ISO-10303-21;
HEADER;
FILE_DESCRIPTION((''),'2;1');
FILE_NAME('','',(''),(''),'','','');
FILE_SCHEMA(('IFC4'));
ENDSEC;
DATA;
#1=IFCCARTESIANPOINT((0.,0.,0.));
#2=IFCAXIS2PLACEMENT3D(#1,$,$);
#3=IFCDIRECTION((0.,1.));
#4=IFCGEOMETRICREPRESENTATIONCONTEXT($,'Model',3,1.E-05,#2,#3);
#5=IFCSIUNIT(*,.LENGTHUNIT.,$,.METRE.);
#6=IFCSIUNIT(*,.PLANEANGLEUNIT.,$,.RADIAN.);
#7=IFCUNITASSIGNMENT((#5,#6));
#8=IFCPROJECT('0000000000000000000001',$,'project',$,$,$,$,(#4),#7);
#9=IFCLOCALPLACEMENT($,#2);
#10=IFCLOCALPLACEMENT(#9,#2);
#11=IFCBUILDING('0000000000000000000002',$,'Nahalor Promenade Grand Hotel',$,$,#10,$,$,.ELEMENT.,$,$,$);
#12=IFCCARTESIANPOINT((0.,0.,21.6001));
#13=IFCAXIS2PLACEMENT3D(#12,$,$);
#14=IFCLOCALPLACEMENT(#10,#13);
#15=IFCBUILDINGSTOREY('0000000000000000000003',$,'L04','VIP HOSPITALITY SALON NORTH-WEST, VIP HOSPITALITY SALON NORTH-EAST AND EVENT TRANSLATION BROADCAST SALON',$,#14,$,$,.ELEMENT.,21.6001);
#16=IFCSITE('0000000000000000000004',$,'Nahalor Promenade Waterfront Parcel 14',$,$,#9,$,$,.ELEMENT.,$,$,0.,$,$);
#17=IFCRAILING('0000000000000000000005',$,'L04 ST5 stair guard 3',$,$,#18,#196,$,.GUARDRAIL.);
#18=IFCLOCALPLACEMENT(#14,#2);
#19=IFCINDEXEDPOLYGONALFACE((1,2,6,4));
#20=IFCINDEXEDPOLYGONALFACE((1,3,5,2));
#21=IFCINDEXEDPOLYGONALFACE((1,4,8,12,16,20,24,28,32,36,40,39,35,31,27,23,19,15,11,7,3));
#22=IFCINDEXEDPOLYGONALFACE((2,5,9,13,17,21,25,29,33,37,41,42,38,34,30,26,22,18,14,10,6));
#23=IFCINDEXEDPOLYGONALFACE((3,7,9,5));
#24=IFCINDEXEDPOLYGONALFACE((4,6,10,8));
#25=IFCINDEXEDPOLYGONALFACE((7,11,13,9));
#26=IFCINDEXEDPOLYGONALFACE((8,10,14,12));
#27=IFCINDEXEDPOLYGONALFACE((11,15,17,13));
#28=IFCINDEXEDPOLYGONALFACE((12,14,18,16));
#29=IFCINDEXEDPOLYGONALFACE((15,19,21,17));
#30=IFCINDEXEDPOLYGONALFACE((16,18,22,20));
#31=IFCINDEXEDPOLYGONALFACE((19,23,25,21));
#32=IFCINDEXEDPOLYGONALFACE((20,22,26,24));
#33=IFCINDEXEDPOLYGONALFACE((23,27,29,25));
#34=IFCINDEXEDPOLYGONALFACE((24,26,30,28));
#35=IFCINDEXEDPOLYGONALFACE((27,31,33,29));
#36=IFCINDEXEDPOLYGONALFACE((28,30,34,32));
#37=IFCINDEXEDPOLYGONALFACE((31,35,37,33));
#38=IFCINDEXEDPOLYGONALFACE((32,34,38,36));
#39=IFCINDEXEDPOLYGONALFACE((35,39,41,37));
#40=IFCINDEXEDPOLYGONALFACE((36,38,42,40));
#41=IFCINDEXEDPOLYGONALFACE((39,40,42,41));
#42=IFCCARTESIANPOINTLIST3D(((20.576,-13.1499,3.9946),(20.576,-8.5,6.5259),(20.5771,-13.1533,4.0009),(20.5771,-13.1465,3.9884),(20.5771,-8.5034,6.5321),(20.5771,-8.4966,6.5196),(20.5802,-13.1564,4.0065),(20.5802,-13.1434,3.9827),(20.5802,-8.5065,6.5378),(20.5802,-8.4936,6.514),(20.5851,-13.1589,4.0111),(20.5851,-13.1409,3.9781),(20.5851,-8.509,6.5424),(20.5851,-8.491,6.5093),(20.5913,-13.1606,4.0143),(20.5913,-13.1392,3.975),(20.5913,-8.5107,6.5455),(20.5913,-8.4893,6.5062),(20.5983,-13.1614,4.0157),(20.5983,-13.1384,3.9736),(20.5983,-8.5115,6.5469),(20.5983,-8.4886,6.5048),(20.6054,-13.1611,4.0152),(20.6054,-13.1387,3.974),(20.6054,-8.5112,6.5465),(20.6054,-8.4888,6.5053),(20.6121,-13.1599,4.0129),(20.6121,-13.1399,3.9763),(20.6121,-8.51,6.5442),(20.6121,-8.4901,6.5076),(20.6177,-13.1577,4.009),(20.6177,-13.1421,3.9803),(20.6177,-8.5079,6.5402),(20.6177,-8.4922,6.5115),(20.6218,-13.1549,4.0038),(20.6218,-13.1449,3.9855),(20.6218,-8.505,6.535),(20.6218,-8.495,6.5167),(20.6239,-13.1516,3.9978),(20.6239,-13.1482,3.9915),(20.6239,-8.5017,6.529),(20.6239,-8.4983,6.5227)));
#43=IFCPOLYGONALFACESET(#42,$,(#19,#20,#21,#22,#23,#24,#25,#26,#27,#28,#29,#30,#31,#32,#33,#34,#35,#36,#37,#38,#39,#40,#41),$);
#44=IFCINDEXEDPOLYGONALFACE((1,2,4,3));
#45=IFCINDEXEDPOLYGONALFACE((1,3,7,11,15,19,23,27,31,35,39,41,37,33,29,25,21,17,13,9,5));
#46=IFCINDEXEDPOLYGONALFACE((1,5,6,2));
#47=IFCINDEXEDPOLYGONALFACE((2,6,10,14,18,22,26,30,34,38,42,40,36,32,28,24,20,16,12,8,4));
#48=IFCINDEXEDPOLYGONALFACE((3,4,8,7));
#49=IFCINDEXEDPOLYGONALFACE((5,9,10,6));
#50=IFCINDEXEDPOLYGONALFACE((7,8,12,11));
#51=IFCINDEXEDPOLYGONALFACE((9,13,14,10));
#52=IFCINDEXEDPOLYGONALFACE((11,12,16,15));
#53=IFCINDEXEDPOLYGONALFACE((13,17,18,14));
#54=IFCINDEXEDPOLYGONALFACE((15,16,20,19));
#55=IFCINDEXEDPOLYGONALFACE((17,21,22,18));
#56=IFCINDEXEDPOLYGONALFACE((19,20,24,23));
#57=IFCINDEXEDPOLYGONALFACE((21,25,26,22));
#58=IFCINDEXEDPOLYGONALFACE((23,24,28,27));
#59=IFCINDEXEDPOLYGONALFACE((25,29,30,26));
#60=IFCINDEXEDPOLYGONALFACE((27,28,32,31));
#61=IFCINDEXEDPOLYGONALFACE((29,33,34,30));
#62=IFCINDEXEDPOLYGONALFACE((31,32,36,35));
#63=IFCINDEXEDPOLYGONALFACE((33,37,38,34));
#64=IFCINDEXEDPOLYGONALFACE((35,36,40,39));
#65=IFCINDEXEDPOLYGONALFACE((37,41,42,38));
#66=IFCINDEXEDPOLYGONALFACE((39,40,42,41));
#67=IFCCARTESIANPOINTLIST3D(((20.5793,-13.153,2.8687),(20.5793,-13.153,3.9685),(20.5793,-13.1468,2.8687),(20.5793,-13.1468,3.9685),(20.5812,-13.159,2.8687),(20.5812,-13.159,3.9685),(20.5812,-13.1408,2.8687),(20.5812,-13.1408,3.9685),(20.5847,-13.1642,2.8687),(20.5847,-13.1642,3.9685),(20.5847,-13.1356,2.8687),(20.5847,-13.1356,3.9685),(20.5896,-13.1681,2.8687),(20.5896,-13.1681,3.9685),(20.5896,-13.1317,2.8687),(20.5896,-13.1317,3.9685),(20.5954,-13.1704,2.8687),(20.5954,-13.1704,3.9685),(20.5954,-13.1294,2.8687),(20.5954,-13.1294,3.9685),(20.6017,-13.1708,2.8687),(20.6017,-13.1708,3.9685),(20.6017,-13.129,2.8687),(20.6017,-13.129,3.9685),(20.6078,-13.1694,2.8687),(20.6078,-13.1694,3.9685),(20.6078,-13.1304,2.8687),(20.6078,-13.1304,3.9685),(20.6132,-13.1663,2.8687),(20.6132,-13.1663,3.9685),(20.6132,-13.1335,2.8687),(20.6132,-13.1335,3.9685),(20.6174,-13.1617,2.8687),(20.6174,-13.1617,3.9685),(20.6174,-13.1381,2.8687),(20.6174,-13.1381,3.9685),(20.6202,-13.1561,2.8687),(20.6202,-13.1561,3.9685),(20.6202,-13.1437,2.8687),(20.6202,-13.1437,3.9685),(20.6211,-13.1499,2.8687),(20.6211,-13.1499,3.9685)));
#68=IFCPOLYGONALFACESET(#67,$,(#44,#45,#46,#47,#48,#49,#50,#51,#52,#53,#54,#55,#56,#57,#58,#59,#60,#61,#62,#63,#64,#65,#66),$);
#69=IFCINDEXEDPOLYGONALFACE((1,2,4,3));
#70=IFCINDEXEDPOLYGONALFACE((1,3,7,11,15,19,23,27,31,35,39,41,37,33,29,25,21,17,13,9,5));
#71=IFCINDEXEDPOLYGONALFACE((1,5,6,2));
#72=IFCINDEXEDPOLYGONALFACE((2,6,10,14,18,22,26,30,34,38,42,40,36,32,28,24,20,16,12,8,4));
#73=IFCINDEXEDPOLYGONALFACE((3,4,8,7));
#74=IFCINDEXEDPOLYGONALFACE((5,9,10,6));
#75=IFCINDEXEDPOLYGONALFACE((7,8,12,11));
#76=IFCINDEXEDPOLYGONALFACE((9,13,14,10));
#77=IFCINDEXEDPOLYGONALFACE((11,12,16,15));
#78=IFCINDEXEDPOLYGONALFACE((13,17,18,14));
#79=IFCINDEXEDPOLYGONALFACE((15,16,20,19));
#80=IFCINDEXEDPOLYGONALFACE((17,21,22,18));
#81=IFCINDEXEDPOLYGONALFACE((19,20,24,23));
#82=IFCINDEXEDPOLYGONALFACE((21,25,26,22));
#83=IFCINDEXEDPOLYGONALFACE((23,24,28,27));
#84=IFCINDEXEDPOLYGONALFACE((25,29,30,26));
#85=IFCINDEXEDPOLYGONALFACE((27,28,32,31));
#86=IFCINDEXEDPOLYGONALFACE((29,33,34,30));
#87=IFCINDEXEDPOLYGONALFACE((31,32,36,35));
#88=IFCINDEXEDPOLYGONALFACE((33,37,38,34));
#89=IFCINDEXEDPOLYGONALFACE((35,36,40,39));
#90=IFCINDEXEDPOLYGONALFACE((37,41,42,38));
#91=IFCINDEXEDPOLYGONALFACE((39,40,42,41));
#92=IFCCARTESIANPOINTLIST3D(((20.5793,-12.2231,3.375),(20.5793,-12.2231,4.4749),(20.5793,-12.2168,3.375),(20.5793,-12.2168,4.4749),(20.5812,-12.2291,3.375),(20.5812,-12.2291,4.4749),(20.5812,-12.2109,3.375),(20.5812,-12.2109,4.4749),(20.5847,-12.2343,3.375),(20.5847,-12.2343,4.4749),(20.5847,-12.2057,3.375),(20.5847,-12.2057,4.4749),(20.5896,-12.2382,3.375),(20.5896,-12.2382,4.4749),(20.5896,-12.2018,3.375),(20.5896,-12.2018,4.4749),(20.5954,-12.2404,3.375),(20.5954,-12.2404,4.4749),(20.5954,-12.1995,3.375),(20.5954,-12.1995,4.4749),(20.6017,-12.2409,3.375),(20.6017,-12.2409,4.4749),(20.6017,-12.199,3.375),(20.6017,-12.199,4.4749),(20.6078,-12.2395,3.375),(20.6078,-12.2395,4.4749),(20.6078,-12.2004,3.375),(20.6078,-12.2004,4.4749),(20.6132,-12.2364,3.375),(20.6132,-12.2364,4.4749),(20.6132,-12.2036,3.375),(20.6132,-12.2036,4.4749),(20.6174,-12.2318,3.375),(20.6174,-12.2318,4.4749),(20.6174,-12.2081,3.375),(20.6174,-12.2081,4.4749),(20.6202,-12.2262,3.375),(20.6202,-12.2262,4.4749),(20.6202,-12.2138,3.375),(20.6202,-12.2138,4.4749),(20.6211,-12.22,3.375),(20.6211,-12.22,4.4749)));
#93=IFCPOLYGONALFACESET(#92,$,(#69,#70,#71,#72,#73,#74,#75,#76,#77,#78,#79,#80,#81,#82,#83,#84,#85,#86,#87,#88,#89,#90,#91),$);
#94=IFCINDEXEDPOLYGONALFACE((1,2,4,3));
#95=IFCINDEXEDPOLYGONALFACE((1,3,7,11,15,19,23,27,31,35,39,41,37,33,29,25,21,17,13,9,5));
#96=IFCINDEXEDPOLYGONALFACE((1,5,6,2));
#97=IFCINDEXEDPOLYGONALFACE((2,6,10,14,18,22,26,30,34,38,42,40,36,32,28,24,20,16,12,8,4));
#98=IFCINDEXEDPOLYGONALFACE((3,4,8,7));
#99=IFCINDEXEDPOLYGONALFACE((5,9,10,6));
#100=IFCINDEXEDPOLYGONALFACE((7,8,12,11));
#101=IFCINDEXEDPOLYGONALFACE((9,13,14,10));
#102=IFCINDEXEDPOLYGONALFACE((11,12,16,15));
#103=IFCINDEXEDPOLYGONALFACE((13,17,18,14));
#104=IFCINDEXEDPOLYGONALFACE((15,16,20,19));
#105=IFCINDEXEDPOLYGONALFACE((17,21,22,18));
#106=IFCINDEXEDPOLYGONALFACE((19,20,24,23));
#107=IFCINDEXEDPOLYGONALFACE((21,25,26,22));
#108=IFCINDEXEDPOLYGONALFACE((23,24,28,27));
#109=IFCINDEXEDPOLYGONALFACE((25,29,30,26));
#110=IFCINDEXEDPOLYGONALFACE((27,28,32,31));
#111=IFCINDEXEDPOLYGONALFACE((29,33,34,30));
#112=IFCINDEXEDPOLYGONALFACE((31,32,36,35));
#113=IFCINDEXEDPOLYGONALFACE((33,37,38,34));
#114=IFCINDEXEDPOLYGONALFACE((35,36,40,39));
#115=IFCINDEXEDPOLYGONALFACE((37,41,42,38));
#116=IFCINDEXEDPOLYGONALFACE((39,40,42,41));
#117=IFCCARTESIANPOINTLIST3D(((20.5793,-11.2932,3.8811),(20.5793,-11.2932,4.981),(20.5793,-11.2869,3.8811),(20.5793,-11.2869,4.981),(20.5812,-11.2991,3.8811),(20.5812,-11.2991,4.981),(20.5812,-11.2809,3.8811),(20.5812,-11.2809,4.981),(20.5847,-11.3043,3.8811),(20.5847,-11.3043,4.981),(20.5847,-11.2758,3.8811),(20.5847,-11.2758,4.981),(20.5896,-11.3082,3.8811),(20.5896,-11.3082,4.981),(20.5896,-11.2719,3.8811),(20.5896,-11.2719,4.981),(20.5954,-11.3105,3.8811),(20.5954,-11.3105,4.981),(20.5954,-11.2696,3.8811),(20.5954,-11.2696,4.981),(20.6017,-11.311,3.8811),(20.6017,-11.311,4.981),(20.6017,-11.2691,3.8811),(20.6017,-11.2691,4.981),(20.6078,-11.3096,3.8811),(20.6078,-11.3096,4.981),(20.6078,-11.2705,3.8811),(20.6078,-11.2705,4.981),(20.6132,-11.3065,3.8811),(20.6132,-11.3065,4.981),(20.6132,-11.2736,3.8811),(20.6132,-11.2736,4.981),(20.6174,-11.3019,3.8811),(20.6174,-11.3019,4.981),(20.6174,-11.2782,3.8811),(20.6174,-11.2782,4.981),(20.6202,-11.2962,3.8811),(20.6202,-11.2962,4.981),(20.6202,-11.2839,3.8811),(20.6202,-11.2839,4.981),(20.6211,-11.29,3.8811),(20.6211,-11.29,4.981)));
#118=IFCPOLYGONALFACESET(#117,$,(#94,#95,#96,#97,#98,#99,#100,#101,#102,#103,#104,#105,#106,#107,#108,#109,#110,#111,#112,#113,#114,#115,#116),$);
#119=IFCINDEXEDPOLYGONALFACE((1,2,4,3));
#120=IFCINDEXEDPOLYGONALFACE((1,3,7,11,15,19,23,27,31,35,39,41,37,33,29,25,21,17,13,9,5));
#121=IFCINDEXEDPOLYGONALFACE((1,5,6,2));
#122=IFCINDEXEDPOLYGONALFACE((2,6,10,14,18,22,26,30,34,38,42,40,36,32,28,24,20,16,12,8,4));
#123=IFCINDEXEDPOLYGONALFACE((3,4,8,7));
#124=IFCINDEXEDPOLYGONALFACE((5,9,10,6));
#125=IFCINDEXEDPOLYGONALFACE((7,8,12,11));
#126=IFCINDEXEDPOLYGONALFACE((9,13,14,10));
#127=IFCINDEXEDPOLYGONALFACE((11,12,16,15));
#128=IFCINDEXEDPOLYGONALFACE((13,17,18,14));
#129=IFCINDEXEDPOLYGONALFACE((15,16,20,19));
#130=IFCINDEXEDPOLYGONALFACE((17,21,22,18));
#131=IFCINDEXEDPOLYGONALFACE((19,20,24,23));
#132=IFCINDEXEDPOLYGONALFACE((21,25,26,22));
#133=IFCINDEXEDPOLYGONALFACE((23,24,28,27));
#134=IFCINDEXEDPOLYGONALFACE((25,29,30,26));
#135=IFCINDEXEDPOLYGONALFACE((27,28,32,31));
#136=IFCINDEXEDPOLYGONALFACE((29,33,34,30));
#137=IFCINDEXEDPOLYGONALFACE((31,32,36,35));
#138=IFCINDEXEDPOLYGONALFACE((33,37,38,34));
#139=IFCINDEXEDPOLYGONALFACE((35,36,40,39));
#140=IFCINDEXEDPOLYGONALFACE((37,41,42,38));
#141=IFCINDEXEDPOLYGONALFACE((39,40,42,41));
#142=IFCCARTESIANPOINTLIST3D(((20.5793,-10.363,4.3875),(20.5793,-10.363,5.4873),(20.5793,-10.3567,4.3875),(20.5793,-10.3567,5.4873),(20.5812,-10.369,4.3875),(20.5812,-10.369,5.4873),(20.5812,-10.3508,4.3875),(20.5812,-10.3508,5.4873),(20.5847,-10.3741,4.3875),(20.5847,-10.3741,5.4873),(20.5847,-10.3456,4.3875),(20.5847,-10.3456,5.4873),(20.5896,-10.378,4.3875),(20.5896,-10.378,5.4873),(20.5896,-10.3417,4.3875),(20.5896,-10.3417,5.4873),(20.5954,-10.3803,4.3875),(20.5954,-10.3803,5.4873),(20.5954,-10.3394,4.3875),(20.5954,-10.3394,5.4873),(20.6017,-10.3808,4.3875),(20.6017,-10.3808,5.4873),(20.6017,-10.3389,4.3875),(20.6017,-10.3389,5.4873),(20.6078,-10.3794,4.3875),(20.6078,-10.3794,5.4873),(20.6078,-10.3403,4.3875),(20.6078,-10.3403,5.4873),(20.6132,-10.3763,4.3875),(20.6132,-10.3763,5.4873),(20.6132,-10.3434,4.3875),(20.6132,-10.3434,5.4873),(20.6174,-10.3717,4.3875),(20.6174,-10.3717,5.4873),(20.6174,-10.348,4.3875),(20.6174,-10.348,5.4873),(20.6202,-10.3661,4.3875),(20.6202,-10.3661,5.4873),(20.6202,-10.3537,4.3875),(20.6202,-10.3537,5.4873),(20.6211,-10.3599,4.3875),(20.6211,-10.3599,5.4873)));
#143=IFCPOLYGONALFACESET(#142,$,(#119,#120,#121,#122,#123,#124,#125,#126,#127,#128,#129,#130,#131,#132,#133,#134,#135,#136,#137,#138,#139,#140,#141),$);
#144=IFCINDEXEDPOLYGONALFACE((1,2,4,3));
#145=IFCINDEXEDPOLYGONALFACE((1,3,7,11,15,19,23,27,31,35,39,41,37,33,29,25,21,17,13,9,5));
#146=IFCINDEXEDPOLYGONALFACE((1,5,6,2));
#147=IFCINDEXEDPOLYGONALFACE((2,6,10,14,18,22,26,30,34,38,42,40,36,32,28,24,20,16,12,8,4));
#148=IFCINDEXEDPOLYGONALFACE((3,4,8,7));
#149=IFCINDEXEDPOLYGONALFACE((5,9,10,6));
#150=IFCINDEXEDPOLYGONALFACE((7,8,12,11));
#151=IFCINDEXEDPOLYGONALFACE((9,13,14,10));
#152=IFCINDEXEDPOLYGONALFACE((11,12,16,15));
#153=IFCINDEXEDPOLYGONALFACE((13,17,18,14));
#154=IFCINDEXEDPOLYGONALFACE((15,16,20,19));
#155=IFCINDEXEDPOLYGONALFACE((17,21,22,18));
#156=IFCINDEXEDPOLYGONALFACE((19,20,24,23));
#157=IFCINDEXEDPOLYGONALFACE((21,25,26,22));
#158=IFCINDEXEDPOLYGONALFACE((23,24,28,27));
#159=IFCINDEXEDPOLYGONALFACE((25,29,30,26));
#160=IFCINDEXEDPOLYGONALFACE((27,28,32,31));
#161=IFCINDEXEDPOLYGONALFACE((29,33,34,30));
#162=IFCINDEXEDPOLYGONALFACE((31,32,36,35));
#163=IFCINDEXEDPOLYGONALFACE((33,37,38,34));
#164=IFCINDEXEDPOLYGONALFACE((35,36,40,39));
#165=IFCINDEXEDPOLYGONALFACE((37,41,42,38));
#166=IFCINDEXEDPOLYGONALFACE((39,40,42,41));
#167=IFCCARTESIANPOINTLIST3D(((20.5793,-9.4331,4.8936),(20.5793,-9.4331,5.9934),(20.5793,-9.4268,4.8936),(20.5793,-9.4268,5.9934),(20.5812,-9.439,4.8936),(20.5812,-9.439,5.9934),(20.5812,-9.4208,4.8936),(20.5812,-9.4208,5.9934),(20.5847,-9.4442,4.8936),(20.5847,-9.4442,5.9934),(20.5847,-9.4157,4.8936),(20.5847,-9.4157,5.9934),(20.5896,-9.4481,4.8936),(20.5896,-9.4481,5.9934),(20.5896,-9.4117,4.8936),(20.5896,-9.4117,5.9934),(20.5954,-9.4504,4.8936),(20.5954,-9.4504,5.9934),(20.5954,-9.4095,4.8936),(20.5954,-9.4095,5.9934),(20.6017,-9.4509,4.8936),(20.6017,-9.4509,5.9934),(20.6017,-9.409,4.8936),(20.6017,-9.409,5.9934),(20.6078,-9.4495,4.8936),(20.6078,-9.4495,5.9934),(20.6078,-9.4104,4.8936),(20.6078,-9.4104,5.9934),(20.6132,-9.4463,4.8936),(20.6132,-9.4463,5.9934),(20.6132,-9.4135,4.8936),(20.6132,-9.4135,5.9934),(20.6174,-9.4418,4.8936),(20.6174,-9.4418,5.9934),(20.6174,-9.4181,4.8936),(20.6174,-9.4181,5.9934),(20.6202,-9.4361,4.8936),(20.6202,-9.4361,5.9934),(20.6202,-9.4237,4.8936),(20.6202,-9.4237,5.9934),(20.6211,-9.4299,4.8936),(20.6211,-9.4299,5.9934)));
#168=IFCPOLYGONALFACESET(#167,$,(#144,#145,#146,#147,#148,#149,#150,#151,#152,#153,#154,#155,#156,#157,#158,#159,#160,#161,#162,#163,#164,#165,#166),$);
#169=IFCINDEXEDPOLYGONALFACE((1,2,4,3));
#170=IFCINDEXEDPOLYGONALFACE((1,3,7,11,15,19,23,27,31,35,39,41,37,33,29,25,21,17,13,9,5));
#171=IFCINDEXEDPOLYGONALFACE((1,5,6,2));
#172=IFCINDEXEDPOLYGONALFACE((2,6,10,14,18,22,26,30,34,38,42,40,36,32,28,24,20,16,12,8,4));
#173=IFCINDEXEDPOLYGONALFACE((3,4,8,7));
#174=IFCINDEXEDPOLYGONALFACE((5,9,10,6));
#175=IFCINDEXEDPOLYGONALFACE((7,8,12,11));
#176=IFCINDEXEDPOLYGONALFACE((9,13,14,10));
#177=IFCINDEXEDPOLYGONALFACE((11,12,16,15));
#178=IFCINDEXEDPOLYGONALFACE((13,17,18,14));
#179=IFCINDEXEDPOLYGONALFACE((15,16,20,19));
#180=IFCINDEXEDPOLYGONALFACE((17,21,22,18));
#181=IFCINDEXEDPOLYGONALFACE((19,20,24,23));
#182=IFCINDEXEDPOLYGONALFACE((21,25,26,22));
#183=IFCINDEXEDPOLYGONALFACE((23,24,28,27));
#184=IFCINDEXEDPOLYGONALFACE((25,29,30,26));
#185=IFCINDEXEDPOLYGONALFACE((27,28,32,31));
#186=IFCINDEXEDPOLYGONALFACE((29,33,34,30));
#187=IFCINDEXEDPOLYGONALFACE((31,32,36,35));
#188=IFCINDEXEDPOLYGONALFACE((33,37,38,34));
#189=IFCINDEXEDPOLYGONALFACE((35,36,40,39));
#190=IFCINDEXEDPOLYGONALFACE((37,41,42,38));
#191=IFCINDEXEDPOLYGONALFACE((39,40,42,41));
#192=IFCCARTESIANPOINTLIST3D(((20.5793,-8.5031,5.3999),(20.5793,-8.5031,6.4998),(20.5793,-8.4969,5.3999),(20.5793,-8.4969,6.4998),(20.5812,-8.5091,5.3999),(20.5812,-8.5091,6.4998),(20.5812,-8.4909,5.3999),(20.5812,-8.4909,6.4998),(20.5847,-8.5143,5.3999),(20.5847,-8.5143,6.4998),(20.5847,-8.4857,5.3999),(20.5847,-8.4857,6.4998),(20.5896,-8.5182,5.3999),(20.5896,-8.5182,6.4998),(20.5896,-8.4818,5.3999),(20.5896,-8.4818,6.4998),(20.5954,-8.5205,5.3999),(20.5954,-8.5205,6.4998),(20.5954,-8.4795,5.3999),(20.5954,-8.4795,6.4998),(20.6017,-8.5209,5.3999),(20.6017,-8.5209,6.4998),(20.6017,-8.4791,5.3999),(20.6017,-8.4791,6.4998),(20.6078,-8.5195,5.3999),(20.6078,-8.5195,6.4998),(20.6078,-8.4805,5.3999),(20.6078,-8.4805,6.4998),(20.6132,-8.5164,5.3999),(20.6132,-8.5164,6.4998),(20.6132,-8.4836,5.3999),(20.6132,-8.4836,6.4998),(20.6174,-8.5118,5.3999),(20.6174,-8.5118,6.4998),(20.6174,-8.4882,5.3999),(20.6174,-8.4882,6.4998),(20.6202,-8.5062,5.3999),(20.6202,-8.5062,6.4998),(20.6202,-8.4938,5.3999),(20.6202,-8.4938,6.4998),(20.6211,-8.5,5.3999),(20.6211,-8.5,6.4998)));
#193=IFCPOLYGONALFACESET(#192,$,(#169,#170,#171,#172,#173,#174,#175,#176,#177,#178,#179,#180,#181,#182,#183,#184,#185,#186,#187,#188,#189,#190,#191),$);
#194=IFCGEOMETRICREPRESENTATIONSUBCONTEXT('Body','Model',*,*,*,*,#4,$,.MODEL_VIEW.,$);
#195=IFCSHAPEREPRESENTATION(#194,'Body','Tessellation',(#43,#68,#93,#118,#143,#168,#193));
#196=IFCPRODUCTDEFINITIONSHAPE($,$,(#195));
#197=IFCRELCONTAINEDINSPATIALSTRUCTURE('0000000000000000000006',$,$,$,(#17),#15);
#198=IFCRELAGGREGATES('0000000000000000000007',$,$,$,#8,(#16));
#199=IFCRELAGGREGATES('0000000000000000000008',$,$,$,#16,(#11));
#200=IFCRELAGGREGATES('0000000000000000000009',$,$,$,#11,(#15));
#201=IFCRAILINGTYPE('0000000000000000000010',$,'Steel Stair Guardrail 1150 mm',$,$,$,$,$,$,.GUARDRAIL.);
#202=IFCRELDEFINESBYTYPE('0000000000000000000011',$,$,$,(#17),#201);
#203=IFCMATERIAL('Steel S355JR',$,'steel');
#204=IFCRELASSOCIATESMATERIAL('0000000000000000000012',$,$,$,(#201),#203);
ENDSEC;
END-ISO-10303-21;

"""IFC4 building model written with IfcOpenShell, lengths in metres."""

from ifc_helpers import new_model, si_unit, direction, frame, origin, origin_2d, place, context, subcontext, project, spatial, circle, extrude, material, type_object, element, save


model = new_model("IFC4")

# Units and contexts
model_context = context("Model", 3, precision=1e-05, world=origin(), true_north=direction((0.0, 1.0)))
body_context = subcontext(model_context, "Body", "Model", "MODEL_VIEW")
ifc_project = project(units=[si_unit("LENGTHUNIT", "METRE"), si_unit("PLANEANGLEUNIT", "RADIAN")], contexts=[model_context])

# Site, building, storey
site_placement = place(None, origin())
site = spatial("IfcSite", under=ifc_project, at=site_placement, Name="Nahalor Promenade Waterfront Parcel 14", CompositionType="ELEMENT", RefElevation=0.0)
building_placement = place(site_placement, origin())
building = spatial("IfcBuilding", under=site, at=building_placement, Name="Nahalor Promenade Grand Hotel", CompositionType="ELEMENT")
storey_placement = place(building_placement, frame((0.0, 0.0, 21.6001)))
storey = spatial("IfcBuildingStorey", under=building, at=storey_placement, Name="L04", Description="VIP HOSPITALITY SALON NORTH-WEST, VIP HOSPITALITY SALON NORTH-EAST AND EVENT TRANSLATION BROADCAST SALON", CompositionType="ELEMENT", Elevation=21.6001)

# Shared definitions
ifc_material_1 = material(Name="Steel S355JR", Category="steel")

# Railing
railing_type_1 = type_object("IfcRailingType", Name="Steel Stair Guardrail 1150 mm", PredefinedType="GUARDRAIL", material=ifc_material_1)
railing_1_placement = place(storey_placement, frame((20.6001, -13.1499, 2.8687)))
element("IfcRailing", 1, at=railing_1_placement, inside=storey, type_object=railing_type_1, Name="L04 ST5 stair guard 3", PredefinedType="GUARDRAIL", context=body_context, shape_type="SweptSolid", body=[
    extrude(circle(Radius=0.024, at=origin_2d()), frame((0.0, 0.0, 1.126), z_axis=(0.0, 0.878297, 0.478115), x_axis=(-1.0, 0.0, 0.0)), (0.0, 0.0, 1.0), 5.2942),
    extrude(circle(Radius=0.021, at=origin_2d()), origin(), (0.0, 0.0, 1.0), 1.0999),
    extrude(circle(Radius=0.021, at=origin_2d()), frame((0.0, 0.9299, 0.5063)), (0.0, 0.0, 1.0), 1.0999),
    extrude(circle(Radius=0.021, at=origin_2d()), frame((0.0, 1.8599, 1.0125)), (0.0, 0.0, 1.0), 1.0999),
    extrude(circle(Radius=0.021, at=origin_2d()), frame((0.0, 2.79, 1.5188)), (0.0, 0.0, 1.0), 1.0999),
    extrude(circle(Radius=0.021, at=origin_2d()), frame((0.0, 3.72, 2.0249)), (0.0, 0.0, 1.0), 1.0999),
    extrude(circle(Radius=0.021, at=origin_2d()), frame((0.0, 4.6499, 2.5312)), (0.0, 0.0, 1.0), 1.0999),
])

save(model, "model.ifc")
